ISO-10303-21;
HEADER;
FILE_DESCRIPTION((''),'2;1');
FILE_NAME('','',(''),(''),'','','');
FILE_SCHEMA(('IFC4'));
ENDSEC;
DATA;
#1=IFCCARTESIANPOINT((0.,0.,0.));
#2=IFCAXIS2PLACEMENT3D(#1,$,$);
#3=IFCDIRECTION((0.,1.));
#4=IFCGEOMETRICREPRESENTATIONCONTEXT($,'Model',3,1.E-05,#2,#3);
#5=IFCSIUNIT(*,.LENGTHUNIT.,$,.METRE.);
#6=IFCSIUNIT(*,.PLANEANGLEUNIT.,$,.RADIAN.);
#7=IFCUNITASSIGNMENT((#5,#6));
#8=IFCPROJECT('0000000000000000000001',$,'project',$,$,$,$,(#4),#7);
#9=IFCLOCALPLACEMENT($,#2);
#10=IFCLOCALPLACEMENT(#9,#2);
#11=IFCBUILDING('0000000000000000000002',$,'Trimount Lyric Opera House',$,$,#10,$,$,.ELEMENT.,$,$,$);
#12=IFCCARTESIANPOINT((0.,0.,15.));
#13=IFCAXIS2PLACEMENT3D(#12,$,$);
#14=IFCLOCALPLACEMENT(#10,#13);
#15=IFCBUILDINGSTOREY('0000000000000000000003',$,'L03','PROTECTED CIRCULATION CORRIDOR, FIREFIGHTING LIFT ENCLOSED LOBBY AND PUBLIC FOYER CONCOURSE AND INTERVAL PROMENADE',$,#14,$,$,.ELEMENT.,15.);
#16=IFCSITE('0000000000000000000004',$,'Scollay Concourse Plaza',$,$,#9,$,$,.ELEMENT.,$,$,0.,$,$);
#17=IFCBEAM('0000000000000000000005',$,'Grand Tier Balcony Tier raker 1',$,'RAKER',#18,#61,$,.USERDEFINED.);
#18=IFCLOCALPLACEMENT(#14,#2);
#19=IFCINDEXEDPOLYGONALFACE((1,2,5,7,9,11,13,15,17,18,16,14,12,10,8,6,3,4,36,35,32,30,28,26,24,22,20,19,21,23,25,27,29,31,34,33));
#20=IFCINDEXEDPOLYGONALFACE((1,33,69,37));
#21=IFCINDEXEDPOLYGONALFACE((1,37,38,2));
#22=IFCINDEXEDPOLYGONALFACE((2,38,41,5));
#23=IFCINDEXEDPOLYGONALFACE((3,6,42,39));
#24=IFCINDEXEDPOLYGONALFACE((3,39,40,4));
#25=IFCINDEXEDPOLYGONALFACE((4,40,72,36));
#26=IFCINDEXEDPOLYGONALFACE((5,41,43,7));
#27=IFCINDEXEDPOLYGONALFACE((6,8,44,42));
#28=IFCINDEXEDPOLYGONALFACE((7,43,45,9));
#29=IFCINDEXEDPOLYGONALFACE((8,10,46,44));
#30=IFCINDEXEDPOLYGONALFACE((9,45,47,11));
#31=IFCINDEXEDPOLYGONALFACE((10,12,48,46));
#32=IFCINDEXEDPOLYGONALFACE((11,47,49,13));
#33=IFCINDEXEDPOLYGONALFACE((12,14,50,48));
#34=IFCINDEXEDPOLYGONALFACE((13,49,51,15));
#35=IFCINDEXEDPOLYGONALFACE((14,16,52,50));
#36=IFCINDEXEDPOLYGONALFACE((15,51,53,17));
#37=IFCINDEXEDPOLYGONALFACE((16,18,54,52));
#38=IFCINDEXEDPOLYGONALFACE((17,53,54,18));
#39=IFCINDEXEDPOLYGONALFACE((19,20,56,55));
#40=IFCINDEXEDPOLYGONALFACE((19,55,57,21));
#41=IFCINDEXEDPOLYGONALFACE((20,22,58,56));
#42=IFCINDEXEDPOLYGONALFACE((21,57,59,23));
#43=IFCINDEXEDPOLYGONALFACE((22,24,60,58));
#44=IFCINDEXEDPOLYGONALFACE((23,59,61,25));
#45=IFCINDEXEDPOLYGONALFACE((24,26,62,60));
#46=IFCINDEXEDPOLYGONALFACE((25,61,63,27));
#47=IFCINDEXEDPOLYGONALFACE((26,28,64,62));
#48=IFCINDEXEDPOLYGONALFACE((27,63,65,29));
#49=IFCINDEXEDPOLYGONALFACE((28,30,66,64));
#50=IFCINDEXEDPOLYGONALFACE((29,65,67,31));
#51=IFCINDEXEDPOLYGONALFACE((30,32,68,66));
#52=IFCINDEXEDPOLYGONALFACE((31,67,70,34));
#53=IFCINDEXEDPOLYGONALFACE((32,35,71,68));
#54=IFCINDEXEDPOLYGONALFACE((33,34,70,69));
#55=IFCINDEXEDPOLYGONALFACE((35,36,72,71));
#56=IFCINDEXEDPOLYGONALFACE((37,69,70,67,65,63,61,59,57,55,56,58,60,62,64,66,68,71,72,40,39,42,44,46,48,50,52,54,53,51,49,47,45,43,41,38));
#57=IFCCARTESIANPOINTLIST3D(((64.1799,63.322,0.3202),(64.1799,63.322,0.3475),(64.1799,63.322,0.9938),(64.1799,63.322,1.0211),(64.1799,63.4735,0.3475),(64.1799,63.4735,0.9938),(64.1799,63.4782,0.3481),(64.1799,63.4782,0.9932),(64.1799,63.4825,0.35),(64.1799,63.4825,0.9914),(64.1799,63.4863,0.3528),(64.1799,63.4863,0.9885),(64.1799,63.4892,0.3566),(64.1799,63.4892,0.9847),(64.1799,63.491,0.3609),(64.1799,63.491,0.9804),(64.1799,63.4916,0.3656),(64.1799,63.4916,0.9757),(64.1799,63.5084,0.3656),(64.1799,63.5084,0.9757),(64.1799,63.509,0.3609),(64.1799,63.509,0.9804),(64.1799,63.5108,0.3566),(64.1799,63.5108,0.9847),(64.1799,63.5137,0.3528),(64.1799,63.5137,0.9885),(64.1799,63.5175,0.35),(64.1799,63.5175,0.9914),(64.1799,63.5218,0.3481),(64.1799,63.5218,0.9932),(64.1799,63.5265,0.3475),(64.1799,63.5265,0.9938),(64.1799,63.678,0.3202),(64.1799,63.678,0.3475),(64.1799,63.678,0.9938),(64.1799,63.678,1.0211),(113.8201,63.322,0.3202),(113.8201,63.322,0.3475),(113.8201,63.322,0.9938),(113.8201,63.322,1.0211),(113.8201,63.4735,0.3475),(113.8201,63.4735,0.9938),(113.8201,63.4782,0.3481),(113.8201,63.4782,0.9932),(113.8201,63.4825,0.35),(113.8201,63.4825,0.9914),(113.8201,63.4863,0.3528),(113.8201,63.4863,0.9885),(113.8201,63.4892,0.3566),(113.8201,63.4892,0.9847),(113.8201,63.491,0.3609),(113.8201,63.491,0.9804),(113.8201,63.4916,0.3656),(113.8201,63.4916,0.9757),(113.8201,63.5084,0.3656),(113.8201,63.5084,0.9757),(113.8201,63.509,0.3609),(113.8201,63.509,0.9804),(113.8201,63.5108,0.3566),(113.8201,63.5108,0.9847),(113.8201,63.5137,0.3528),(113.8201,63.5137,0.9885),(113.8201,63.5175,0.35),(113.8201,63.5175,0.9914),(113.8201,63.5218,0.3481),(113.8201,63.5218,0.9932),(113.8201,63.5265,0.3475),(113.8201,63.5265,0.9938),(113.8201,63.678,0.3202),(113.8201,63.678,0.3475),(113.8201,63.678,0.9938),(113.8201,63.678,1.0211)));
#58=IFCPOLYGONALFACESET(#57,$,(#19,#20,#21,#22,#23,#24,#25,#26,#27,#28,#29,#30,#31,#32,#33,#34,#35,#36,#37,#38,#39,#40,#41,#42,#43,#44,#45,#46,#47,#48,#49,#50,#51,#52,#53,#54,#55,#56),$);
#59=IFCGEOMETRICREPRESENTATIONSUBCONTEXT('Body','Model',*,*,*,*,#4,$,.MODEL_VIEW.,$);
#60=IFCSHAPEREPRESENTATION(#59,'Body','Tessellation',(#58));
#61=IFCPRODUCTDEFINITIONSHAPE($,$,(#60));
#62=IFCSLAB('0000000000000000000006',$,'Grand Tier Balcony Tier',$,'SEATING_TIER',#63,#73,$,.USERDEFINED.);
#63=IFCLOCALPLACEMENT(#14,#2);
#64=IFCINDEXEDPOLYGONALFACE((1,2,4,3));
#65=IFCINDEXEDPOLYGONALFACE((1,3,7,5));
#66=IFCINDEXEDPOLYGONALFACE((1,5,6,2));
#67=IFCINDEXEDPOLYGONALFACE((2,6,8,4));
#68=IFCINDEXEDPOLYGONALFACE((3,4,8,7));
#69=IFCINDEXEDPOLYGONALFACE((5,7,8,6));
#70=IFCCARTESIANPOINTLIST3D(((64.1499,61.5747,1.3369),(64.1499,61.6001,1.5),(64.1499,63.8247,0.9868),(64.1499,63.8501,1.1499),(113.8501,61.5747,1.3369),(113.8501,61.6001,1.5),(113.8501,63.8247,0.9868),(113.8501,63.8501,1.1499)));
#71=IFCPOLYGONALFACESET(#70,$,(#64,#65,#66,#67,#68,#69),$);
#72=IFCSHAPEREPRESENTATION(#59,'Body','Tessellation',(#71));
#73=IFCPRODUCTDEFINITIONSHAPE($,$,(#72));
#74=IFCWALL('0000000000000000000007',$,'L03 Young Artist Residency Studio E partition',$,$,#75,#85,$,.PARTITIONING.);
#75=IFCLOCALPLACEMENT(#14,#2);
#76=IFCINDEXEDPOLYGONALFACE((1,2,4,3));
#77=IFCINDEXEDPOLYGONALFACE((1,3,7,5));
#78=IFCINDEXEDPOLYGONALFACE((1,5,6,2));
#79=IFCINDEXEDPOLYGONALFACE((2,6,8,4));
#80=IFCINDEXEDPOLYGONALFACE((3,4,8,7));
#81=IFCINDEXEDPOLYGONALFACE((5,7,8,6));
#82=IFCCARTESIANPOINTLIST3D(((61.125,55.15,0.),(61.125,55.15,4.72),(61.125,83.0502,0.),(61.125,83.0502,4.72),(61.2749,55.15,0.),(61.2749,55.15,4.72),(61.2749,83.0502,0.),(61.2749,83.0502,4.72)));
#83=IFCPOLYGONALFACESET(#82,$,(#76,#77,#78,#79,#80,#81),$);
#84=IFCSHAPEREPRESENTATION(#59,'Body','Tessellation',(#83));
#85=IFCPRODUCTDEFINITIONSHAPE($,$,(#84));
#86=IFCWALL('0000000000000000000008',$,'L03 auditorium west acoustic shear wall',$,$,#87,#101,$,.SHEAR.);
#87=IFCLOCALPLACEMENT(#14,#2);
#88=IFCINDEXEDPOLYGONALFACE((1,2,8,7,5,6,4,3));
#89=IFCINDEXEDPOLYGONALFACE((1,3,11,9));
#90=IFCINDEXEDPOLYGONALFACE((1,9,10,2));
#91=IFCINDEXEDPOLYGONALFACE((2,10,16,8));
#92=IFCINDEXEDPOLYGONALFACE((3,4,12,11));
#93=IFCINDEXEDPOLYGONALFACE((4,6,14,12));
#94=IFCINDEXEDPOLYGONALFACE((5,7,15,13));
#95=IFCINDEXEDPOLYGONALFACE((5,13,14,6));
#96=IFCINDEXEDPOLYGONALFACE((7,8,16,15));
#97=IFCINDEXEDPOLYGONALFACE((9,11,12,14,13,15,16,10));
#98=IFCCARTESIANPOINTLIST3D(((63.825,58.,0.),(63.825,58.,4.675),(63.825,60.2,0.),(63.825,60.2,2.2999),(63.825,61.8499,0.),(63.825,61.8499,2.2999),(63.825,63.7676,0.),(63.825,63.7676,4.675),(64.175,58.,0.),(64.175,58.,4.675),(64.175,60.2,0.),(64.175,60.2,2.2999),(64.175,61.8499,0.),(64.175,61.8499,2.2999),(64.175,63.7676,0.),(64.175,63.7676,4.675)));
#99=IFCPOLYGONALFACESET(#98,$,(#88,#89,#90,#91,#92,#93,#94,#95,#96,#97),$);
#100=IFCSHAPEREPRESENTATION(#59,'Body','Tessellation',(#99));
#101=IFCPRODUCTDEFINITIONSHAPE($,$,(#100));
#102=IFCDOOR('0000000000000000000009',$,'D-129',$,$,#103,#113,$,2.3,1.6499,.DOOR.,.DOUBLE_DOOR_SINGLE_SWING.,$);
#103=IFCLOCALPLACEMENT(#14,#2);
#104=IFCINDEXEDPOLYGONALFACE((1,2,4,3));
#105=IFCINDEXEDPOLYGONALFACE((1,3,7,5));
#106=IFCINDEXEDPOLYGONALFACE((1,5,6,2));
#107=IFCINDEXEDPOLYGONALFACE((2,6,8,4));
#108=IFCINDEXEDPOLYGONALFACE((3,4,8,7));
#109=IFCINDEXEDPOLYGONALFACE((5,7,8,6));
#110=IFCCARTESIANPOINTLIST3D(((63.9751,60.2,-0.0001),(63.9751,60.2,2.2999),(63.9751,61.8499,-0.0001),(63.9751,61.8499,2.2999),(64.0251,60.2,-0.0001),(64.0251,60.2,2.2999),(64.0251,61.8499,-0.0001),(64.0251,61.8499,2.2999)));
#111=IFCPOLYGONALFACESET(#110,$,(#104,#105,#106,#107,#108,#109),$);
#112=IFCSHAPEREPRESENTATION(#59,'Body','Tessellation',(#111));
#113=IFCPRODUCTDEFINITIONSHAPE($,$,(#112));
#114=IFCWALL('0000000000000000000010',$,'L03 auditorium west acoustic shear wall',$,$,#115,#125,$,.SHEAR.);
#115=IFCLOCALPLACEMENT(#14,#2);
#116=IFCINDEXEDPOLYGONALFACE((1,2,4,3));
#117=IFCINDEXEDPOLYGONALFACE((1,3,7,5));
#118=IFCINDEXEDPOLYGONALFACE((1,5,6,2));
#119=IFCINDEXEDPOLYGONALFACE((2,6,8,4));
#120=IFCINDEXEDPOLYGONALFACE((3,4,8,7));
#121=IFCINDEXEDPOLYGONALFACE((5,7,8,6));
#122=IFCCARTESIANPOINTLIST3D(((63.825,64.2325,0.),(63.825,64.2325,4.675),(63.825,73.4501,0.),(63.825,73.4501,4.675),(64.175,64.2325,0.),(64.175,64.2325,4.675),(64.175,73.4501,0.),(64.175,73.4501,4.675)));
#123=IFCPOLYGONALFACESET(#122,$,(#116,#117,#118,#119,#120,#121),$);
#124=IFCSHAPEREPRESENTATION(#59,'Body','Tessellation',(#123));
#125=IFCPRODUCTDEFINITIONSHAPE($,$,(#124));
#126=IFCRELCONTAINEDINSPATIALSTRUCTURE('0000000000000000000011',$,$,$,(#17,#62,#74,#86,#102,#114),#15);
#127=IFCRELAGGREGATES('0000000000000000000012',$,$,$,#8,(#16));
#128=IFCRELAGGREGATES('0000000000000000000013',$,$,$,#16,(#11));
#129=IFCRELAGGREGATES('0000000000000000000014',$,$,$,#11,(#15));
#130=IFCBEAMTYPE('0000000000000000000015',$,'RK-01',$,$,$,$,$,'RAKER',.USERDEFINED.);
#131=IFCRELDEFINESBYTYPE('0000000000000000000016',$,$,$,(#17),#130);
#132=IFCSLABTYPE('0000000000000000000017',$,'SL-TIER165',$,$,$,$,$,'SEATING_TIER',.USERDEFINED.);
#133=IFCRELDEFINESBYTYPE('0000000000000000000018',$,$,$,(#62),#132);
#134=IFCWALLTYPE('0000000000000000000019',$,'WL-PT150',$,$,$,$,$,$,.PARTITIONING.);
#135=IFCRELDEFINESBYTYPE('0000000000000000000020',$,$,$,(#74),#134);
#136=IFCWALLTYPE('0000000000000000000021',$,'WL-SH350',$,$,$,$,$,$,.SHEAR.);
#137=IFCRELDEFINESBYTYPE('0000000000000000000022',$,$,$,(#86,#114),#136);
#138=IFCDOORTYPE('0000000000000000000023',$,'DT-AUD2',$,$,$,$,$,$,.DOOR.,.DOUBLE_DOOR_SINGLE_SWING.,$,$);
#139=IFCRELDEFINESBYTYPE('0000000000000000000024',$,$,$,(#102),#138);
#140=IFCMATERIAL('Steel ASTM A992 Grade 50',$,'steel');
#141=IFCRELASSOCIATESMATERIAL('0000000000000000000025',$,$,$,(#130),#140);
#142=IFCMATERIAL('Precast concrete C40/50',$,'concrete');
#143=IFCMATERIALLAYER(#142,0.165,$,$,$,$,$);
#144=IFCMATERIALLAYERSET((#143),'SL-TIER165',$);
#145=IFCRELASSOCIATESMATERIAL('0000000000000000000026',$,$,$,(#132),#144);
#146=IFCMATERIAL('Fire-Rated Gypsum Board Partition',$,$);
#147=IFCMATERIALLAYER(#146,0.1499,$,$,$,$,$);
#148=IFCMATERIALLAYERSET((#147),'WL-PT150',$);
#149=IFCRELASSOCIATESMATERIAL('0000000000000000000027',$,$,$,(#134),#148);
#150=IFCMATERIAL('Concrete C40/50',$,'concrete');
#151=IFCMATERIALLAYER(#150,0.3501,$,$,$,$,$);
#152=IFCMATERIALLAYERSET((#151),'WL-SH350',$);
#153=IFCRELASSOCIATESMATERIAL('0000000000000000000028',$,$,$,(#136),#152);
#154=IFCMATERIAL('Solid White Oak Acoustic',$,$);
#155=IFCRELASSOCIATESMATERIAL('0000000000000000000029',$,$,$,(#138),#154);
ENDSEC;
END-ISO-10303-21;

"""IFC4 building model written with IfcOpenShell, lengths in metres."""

from ifc_helpers import new_model, si_unit, direction, frame, frame_2d, origin, origin_2d, place, context, subcontext, project, spatial, polyline, rectangle, i_section, outline, extrude, material, layer, layer_set, material_profile, profile_set, type_object, element, fill, save


model = new_model("IFC4")

# Units and contexts
model_context = context("Model", 3, precision=1e-05, world=origin(), true_north=direction((0.0, 1.0)))
body_context = subcontext(model_context, "Body", "Model", "MODEL_VIEW")
ifc_project = project(units=[si_unit("LENGTHUNIT", "METRE"), si_unit("PLANEANGLEUNIT", "RADIAN")], contexts=[model_context])

# Site, building, storey
site_placement = place(None, origin())
site = spatial("IfcSite", under=ifc_project, at=site_placement, Name="Scollay Concourse Plaza", CompositionType="ELEMENT", RefElevation=0.0)
building_placement = place(site_placement, origin())
building = spatial("IfcBuilding", under=site, at=building_placement, Name="Trimount Lyric Opera House", CompositionType="ELEMENT")
storey_placement = place(building_placement, frame((0.0, 0.0, 15.0)))
storey = spatial("IfcBuildingStorey", under=building, at=storey_placement, Name="L03", Description="PROTECTED CIRCULATION CORRIDOR, FIREFIGHTING LIFT ENCLOSED LOBBY AND PUBLIC FOYER CONCOURSE AND INTERVAL PROMENADE", CompositionType="ELEMENT", Elevation=15.0)

# Beam
ifc_material_1 = material(Name="Steel ASTM A992 Grade 50", Category="steel")
ifc_material_profile_1 = material_profile(ifc_material_1, i_section(OverallWidth=0.356, OverallDepth=0.7009, WebThickness=0.0168, FlangeThickness=0.0273, FilletRadius=0.0181, at=origin_2d()), Name="W27X161")
ifc_profile_set_1 = profile_set([ifc_material_profile_1], Name="Steel ASTM A992 Grade 50")
beam_type_1 = type_object("IfcBeamType", Name="RK-01", ElementType="RAKER", PredefinedType="USERDEFINED", material=ifc_profile_set_1)
beam_1_placement = place(storey_placement, frame((64.1799, 63.5, 0.6707), z_axis=(1.0, 0.0, 0.0), x_axis=(0.0, 1.0, 0.0)))
element("IfcBeam", 1, at=beam_1_placement, inside=storey, type_object=beam_type_1, Name="Grand Tier Balcony Tier raker 1", ObjectType="RAKER", PredefinedType="USERDEFINED", context=body_context, shape_type="SweptSolid", body=[
    extrude(i_section(OverallWidth=0.356, OverallDepth=0.7009, WebThickness=0.0168, FlangeThickness=0.0273, FilletRadius=0.0181, at=origin_2d()), origin(), (0.0, 0.0, 1.0), 49.6401),
])

# Slab
ifc_material_2 = material(Name="Precast concrete C40/50", Category="concrete")
ifc_layer_1 = layer(ifc_material_2, 0.165)
ifc_layer_set_1 = layer_set([ifc_layer_1], Name="SL-TIER165")
slab_type = type_object("IfcSlabType", Name="SL-TIER165", ElementType="SEATING_TIER", PredefinedType="USERDEFINED", material=ifc_layer_set_1)
slab_placement = place(storey_placement, frame((64.1499, 63.8501, 1.1499), z_axis=(0.0, 0.153749, 0.98811), x_axis=(1.0, 0.0, 0.0)))
element("IfcSlab", 2, at=slab_placement, inside=storey, type_object=slab_type, Name="Grand Tier Balcony Tier", ObjectType="SEATING_TIER", PredefinedType="USERDEFINED", context=body_context, shape_type="SweptSolid", body=[
    extrude(outline(polyline([(0.0, 0.0), (49.7002, 0.0), (49.7002, -2.2771), (0.0, -2.2771), (0.0, 0.0)])), origin(), (0.0, 0.0, -1.0), 0.165),
])

# Wall
ifc_material_3 = material(Name="Fire-Rated Gypsum Board Partition")
ifc_layer_2 = layer(ifc_material_3, 0.1499)
ifc_layer_set_2 = layer_set([ifc_layer_2], Name="WL-PT150")
wall_type_1 = type_object("IfcWallType", Name="WL-PT150", PredefinedType="PARTITIONING", material=ifc_layer_set_2)
wall_1_placement = place(storey_placement, frame((61.2, 55.1499, 0.0), z_axis=(0.0, 0.0, 1.0), x_axis=(0.0, 1.0, 0.0)))
element("IfcWall", 3, at=wall_1_placement, inside=storey, type_object=wall_type_1, Name="L03 Young Artist Residency Studio E partition", PredefinedType="PARTITIONING", context=body_context, shape_type="SweptSolid", body=[
    extrude(rectangle(XDim=27.9001, YDim=0.1499, at=frame_2d((13.9502, 0.0))), origin(), (0.0, 0.0, 1.0), 4.72),
])

# Wall, opening, door
ifc_material_4 = material(Name="Concrete C40/50", Category="concrete")
ifc_layer_3 = layer(ifc_material_4, 0.3501)
ifc_layer_set_3 = layer_set([ifc_layer_3], Name="WL-SH350")
wall_type_2 = type_object("IfcWallType", Name="WL-SH350", PredefinedType="SHEAR", material=ifc_layer_set_3)
wall_2_placement = place(storey_placement, frame((64.0, 58.0, 0.0), z_axis=(0.0, 0.0, 1.0), x_axis=(0.0, 1.0, 0.0)))
wall_2 = element("IfcWall", 4, at=wall_2_placement, inside=storey, type_object=wall_type_2, Name="L03 auditorium west acoustic shear wall", PredefinedType="SHEAR", context=body_context, shape_type="SweptSolid", body=[
    extrude(rectangle(XDim=5.7676, YDim=0.3501, at=frame_2d((2.8838, 0.0))), origin(), (0.0, 0.0, 1.0), 4.675),
])
opening_placement = place(wall_2_placement, frame((2.2, 0.0, 0.0)))
opening = element("IfcOpeningElement", 5, at=opening_placement, cuts=wall_2, PredefinedType="OPENING", context=body_context, shape_type="SweptSolid", body=[
    extrude(rectangle(XDim=1.6499, YDim=2.3, at=frame_2d((0.825, 1.1499))), frame((0.0, 0.1851, 0.0), z_axis=(0.0, -1.0, 0.0), x_axis=(1.0, 0.0, 0.0)), (0.0, 0.0, 1.0), 0.3701),
])
ifc_material_5 = material(Name="Solid White Oak Acoustic")
door_type = type_object("IfcDoorType", Name="DT-AUD2", OperationType="DOUBLE_DOOR_SINGLE_SWING", PredefinedType="DOOR", material=ifc_material_5)
door_placement = place(opening_placement, origin())
door = element("IfcDoor", 6, at=door_placement, inside=storey, type_object=door_type, Name="D-129", OperationType="DOUBLE_DOOR_SINGLE_SWING", OverallHeight=2.3, OverallWidth=1.6499, PredefinedType="DOOR", context=body_context, shape_type="SweptSolid", body=[
    extrude(rectangle(XDim=1.6499, YDim=2.3, at=frame_2d((0.825, 1.1499))), frame((0.0, 0.0249, 0.0), z_axis=(0.0, -1.0, 0.0), x_axis=(1.0, 0.0, 0.0)), (0.0, 0.0, 1.0), 0.05),
])
fill(opening, door)

# Wall
wall_3_placement = place(storey_placement, frame((64.0, 64.2324, 0.0), z_axis=(0.0, 0.0, 1.0), x_axis=(0.0, 1.0, 0.0)))
element("IfcWall", 7, at=wall_3_placement, inside=storey, type_object=wall_type_2, Name="L03 auditorium west acoustic shear wall", PredefinedType="SHEAR", context=body_context, shape_type="SweptSolid", body=[
    extrude(rectangle(XDim=9.2175, YDim=0.3501, at=frame_2d((4.6089, 0.0))), origin(), (0.0, 0.0, 1.0), 4.675),
])

save(model, "model.ifc")
